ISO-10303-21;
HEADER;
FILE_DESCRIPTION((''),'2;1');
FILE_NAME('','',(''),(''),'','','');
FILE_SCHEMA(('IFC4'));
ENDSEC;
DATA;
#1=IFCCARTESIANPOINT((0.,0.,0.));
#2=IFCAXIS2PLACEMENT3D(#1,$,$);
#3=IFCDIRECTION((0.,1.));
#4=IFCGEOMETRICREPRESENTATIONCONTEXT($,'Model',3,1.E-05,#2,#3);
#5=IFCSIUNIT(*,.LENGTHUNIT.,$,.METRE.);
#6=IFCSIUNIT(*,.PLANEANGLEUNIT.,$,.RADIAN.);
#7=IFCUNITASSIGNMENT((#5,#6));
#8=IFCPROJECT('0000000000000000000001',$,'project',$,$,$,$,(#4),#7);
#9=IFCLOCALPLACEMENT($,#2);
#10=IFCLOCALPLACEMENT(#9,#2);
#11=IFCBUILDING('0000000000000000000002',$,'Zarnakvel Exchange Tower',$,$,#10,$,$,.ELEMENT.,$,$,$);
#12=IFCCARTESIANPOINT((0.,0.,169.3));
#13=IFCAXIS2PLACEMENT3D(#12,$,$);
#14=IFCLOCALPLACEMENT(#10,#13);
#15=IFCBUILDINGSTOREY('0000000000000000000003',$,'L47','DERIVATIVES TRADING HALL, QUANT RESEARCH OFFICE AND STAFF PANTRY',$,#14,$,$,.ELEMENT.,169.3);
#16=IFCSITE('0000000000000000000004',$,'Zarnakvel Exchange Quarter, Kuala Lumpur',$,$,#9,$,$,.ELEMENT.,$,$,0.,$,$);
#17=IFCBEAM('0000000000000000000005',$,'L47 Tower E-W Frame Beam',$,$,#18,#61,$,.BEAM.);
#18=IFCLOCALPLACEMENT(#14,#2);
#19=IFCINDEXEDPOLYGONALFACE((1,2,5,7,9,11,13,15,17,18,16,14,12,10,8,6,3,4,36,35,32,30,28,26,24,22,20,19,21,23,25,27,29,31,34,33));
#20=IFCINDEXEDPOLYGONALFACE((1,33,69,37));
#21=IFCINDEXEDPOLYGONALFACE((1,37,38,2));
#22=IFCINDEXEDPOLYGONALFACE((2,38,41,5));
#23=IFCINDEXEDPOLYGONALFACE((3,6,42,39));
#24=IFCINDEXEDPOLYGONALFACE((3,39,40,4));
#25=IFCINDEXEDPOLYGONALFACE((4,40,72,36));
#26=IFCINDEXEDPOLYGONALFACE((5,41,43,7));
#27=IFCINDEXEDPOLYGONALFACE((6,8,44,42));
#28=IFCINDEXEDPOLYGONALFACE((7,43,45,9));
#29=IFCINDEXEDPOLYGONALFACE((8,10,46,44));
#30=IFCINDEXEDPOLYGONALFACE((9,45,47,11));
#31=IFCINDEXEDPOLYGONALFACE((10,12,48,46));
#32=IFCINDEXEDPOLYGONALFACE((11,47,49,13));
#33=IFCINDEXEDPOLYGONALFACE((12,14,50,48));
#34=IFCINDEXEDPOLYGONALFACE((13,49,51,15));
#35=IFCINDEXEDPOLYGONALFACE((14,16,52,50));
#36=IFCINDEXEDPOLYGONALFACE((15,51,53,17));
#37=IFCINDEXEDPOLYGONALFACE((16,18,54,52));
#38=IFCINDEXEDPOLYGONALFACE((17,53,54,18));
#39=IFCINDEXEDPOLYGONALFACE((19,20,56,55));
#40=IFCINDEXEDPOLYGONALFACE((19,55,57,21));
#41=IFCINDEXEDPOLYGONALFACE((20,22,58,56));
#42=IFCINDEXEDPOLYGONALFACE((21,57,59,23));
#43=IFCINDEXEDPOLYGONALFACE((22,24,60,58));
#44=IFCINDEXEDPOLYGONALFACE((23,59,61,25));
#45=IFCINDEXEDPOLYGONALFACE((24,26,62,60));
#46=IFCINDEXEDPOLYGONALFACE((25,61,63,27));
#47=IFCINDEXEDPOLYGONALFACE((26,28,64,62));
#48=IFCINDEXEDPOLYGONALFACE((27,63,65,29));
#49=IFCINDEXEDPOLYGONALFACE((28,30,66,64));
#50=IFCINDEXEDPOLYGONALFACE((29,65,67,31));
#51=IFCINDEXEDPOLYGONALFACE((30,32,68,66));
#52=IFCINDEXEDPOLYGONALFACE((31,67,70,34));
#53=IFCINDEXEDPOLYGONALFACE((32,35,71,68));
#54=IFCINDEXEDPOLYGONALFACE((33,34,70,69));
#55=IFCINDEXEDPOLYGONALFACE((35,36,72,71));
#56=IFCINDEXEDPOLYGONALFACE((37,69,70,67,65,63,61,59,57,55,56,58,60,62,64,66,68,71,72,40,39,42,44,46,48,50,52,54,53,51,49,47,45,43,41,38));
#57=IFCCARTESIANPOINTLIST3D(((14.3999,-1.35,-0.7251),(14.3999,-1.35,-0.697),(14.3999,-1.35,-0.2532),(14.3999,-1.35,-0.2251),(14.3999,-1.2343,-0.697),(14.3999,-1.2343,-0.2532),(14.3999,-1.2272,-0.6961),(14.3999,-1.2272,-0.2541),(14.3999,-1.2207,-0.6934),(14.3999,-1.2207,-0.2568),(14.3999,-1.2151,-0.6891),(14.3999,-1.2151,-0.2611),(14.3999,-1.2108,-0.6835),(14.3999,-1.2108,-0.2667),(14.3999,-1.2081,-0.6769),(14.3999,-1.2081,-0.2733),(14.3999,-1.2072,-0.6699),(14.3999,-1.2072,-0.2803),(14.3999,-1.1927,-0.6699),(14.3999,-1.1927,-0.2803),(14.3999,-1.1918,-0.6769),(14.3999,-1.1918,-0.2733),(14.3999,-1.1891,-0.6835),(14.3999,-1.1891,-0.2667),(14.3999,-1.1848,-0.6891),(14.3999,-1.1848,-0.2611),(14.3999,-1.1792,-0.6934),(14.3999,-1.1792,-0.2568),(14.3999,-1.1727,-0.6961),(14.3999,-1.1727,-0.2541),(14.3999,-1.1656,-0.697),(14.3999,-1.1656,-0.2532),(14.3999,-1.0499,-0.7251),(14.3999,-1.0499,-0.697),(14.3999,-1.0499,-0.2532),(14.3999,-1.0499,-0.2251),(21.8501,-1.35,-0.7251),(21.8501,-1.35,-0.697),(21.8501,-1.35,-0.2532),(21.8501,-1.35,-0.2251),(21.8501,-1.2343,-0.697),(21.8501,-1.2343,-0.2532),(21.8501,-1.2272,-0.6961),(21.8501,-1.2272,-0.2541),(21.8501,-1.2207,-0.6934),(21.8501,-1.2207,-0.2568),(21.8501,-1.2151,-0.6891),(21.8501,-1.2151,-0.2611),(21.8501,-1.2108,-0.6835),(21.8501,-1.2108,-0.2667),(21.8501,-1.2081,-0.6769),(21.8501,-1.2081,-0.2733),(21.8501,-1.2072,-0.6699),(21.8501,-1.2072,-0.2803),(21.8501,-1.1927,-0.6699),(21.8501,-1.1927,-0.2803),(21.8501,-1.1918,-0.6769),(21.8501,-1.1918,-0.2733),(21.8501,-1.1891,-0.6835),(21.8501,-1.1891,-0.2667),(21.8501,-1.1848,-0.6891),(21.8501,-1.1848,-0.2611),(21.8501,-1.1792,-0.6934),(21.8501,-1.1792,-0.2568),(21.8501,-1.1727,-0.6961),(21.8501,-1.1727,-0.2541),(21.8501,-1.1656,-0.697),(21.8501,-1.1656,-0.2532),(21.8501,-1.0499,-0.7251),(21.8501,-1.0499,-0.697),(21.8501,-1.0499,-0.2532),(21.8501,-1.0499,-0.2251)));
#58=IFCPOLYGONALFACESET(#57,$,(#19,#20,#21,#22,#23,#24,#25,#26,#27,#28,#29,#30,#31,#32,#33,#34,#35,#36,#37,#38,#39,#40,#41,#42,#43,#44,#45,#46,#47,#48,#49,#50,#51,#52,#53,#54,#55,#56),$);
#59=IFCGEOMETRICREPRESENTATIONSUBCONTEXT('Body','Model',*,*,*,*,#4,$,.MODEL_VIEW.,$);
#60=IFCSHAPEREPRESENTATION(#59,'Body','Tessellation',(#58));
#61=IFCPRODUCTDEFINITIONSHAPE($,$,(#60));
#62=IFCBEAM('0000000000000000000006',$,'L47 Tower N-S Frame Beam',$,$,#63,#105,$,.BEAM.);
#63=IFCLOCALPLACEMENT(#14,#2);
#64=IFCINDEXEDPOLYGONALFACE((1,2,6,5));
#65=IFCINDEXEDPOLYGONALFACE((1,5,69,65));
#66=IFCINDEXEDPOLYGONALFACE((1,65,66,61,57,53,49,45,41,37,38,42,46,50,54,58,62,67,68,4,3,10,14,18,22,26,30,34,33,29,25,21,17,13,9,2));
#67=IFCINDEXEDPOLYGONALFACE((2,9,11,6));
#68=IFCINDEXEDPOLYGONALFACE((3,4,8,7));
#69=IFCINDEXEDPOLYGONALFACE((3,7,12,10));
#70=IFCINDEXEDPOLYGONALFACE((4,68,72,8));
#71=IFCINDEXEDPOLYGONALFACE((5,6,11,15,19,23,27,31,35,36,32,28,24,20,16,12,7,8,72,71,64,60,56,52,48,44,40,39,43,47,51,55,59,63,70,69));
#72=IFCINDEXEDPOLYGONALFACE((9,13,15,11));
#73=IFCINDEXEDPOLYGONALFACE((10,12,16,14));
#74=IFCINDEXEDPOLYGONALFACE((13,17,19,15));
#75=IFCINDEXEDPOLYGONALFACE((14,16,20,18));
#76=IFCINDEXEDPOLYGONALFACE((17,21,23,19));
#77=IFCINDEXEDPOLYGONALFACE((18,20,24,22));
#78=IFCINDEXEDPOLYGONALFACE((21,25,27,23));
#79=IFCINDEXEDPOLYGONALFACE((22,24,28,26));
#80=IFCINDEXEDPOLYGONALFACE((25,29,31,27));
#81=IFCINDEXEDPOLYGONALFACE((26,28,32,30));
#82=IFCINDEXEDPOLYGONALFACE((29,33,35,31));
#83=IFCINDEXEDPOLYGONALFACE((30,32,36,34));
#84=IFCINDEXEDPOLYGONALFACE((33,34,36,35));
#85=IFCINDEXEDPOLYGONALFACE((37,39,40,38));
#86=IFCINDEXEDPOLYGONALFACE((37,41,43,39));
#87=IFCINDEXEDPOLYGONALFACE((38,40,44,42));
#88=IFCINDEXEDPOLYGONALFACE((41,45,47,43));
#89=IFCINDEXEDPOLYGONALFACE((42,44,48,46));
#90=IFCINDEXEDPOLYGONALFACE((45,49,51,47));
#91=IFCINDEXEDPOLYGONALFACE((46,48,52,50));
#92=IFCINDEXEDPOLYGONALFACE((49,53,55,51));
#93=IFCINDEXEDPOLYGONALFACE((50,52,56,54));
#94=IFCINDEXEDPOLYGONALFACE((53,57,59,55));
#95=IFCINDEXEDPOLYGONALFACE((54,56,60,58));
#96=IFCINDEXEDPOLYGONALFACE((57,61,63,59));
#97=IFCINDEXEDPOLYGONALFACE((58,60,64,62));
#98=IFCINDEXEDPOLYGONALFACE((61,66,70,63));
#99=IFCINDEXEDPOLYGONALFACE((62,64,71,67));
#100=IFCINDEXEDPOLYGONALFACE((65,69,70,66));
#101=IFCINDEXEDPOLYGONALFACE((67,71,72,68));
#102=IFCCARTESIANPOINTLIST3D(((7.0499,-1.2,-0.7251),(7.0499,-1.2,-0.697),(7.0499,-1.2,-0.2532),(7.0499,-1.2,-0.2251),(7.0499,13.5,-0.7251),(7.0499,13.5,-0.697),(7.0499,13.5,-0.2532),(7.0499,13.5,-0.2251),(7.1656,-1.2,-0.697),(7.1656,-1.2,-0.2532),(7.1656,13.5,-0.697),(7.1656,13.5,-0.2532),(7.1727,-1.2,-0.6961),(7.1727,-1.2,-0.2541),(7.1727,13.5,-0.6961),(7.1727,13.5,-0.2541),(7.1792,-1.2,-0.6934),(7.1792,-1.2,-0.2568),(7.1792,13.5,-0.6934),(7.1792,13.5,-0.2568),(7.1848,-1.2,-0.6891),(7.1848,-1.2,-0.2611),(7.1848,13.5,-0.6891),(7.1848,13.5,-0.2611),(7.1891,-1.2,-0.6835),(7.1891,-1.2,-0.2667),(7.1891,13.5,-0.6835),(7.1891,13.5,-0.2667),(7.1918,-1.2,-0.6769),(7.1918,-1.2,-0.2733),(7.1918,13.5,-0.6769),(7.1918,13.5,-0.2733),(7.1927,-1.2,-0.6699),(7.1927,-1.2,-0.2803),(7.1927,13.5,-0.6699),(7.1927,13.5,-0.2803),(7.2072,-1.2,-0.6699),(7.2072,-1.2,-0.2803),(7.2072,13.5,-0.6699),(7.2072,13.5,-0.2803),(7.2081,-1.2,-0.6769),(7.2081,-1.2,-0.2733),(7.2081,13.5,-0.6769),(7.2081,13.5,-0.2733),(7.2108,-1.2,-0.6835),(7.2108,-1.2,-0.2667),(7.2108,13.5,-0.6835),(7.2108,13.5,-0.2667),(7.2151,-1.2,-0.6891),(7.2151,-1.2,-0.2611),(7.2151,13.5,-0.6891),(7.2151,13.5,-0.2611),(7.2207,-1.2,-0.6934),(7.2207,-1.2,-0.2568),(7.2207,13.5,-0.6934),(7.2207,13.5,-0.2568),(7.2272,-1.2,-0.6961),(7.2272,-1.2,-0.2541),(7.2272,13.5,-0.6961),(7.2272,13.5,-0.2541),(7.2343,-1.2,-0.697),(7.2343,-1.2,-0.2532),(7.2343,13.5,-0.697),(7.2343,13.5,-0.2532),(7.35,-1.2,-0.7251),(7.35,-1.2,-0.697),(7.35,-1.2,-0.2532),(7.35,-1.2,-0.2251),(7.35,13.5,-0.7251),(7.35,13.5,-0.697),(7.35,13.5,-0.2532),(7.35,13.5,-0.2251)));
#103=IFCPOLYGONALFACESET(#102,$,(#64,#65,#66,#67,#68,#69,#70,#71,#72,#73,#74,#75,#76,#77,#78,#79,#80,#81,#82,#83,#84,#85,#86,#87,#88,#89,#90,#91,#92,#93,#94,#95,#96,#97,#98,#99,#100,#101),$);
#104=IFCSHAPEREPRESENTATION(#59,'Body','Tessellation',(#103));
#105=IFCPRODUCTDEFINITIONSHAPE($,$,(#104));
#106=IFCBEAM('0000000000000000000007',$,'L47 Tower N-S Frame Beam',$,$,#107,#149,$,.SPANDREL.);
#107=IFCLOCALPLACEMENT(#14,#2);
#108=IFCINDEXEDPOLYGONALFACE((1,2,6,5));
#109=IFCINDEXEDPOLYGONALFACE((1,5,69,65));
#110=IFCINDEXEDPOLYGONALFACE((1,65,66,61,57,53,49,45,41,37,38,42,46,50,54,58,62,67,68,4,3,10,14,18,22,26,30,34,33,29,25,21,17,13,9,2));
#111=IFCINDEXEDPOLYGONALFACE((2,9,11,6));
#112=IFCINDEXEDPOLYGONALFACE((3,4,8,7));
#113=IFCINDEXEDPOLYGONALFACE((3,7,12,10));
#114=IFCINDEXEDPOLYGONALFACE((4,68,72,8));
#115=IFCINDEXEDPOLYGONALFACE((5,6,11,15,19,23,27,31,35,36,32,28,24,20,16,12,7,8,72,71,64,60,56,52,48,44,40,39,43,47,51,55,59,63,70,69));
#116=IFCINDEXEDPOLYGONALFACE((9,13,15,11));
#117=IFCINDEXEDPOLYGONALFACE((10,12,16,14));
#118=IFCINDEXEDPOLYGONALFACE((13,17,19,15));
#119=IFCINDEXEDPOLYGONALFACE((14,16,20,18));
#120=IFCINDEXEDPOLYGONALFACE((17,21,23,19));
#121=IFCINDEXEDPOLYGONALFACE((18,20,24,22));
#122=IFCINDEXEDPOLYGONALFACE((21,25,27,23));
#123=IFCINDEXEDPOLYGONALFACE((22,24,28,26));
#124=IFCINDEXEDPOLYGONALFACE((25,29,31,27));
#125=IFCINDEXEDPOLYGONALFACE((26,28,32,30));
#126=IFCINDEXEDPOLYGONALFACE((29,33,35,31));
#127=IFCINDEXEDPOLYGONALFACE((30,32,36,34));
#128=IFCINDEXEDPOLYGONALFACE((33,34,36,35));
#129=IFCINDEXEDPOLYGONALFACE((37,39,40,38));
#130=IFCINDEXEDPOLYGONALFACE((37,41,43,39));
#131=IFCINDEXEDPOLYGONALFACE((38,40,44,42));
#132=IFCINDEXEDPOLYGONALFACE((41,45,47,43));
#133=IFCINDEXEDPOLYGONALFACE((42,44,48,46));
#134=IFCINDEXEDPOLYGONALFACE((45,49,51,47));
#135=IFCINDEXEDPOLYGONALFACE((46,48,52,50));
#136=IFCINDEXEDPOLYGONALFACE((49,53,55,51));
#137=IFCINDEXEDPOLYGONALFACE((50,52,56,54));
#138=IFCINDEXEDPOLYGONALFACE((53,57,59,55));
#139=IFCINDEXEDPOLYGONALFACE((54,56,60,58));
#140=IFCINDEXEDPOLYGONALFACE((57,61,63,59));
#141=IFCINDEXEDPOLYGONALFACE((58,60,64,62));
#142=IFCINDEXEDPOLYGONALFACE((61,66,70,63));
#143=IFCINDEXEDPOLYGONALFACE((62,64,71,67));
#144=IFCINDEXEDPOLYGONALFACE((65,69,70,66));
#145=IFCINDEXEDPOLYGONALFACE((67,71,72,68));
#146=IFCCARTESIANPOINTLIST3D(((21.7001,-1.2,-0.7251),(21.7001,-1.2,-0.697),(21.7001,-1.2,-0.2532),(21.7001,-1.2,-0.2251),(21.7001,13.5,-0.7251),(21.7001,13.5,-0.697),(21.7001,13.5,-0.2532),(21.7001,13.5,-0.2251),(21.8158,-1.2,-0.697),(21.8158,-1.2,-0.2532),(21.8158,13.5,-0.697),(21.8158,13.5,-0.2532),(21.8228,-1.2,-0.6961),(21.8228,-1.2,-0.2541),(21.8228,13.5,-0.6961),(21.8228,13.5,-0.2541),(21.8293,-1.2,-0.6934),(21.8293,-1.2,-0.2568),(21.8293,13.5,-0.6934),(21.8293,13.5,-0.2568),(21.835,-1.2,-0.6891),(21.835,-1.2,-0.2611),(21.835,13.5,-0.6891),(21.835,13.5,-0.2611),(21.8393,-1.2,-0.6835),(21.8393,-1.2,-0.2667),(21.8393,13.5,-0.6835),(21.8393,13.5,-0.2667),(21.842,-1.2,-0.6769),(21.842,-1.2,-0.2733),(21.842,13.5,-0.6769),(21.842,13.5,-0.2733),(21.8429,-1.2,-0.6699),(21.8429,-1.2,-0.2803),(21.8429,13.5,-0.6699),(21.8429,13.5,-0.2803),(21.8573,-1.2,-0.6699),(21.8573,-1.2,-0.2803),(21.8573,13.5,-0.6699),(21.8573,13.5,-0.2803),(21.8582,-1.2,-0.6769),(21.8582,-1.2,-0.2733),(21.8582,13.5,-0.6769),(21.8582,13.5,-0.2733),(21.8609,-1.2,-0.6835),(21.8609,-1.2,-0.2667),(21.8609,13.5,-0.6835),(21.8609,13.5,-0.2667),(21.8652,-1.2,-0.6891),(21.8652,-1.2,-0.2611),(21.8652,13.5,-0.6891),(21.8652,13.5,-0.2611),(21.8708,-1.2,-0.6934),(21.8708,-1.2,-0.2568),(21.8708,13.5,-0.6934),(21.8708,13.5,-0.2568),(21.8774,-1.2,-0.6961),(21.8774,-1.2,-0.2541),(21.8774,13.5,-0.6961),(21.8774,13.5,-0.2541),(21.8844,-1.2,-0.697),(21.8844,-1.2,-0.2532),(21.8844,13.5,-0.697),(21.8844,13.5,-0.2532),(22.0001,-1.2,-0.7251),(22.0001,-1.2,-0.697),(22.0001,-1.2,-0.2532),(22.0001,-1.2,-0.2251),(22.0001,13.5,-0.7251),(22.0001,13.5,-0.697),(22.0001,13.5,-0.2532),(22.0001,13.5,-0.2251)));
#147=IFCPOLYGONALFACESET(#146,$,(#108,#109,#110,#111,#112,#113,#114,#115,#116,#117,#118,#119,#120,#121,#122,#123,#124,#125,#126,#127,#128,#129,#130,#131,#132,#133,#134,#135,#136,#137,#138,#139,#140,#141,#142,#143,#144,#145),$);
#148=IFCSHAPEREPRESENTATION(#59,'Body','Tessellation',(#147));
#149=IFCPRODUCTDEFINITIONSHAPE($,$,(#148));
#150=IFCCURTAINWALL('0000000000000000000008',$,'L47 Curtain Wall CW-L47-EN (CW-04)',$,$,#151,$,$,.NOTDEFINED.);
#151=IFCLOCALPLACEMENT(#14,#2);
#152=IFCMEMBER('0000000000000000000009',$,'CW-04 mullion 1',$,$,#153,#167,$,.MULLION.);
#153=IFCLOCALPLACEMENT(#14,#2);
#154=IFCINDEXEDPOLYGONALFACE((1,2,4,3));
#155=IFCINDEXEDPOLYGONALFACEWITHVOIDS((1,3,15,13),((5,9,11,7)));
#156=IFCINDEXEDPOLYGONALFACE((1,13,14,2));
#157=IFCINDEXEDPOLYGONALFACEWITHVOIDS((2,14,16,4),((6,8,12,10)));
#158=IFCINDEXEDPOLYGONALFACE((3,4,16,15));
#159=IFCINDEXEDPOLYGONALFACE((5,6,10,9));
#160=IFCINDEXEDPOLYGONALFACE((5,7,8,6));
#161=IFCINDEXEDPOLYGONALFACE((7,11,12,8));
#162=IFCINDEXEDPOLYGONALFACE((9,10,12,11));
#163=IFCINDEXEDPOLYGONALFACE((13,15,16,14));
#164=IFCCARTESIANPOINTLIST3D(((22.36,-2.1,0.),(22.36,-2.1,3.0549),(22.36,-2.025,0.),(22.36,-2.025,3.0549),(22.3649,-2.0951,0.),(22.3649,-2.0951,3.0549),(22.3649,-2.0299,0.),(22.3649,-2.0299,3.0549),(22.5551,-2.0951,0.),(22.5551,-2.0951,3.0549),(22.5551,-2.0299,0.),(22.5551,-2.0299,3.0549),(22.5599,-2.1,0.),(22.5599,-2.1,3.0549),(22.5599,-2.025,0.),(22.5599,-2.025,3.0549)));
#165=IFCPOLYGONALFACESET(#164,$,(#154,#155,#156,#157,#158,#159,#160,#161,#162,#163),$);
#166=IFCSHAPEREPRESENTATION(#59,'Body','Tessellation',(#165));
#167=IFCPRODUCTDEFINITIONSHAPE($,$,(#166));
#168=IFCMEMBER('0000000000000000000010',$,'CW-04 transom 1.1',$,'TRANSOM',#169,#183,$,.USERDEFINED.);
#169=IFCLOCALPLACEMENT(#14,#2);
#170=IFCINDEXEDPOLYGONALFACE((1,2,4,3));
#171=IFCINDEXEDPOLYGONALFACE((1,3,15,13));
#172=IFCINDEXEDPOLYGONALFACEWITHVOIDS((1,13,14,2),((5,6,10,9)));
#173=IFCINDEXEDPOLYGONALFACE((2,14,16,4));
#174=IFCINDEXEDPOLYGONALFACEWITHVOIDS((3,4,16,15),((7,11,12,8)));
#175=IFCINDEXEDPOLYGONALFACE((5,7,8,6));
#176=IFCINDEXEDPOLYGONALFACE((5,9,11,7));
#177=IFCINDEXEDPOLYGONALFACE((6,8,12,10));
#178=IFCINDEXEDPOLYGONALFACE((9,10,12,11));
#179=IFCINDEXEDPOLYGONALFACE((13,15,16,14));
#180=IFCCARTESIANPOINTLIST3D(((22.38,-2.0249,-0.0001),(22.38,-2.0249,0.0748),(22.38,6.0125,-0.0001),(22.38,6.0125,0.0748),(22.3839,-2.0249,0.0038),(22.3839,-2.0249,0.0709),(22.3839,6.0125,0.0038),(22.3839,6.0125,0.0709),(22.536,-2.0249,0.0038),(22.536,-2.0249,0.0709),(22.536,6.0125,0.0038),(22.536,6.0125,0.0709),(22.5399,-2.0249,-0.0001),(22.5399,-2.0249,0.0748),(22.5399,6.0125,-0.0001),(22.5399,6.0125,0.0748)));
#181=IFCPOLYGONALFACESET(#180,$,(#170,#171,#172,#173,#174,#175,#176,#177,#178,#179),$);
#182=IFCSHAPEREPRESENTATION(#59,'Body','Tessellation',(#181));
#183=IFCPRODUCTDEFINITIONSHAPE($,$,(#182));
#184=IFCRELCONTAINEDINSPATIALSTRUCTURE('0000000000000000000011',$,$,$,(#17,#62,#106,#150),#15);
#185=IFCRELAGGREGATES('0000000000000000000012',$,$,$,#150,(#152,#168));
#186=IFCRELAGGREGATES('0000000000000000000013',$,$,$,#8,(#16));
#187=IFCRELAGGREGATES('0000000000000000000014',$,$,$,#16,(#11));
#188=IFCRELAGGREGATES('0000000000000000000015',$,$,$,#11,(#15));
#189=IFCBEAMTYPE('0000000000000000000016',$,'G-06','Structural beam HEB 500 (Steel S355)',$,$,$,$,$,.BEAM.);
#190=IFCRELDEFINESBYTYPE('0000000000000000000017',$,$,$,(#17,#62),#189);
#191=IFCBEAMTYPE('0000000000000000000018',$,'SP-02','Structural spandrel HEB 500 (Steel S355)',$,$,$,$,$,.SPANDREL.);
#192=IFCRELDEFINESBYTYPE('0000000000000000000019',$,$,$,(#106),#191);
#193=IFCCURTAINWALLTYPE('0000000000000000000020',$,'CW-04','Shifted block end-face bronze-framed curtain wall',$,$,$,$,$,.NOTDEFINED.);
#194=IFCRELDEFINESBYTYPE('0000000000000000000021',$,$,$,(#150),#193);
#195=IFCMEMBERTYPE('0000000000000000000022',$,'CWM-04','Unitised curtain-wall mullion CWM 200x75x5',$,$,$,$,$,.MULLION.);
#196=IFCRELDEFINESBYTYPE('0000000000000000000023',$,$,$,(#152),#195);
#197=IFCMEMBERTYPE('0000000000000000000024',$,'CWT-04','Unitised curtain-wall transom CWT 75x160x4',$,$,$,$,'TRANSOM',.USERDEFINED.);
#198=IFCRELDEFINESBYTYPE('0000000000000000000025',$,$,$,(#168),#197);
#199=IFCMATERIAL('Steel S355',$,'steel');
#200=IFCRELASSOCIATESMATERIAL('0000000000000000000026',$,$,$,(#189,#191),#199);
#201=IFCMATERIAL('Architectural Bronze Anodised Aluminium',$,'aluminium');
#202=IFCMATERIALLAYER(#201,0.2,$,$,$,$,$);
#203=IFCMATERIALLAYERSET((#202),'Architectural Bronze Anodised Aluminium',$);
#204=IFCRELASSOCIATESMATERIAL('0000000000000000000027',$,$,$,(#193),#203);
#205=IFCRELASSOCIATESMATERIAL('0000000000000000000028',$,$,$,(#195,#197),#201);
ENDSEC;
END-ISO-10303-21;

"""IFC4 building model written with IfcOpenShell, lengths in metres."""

from ifc_helpers import new_model, si_unit, direction, frame, origin, origin_2d, place, context, subcontext, project, spatial, hollow_rectangle, i_section, extrude, source, transform, mapped, material, layer, layer_set, material_profile, profile_set, type_object, element, aggregate, save


model = new_model("IFC4")

# Units and contexts
model_context = context("Model", 3, precision=1e-05, world=origin(), true_north=direction((0.0, 1.0)))
body_context = subcontext(model_context, "Body", "Model", "MODEL_VIEW")
ifc_project = project(units=[si_unit("LENGTHUNIT", "METRE"), si_unit("PLANEANGLEUNIT", "RADIAN")], contexts=[model_context])

# Site, building, storey
site_placement = place(None, origin())
site = spatial("IfcSite", under=ifc_project, at=site_placement, Name="Zarnakvel Exchange Quarter, Kuala Lumpur", CompositionType="ELEMENT", RefElevation=0.0)
building_placement = place(site_placement, origin())
building = spatial("IfcBuilding", under=site, at=building_placement, Name="Zarnakvel Exchange Tower", CompositionType="ELEMENT")
storey_placement = place(building_placement, frame((0.0, 0.0, 169.3)))
storey = spatial("IfcBuildingStorey", under=building, at=storey_placement, Name="L47", Description="DERIVATIVES TRADING HALL, QUANT RESEARCH OFFICE AND STAFF PANTRY", CompositionType="ELEMENT", Elevation=169.3)

# Shared definitions
ifc_material_1 = material(Name="Steel S355", Category="steel")

# Beams
ifc_material_profile_1 = material_profile(ifc_material_1, i_section(OverallWidth=0.3, OverallDepth=0.5, WebThickness=0.0144, FlangeThickness=0.0281, FilletRadius=0.0271, at=origin_2d()))
ifc_profile_set_1 = profile_set([ifc_material_profile_1], Name="Steel S355")
beam_type_1 = type_object("IfcBeamType", Name="G-06", Description="Structural beam HEB 500 (Steel S355)", PredefinedType="BEAM", material=ifc_profile_set_1)
beam_1_placement = place(storey_placement, frame((14.3999, -1.2, -0.4751), z_axis=(1.0, 0.0, 0.0), x_axis=(0.0, 1.0, 0.0)))
element("IfcBeam", 1, at=beam_1_placement, inside=storey, type_object=beam_type_1, Name="L47 Tower E-W Frame Beam", PredefinedType="BEAM", context=body_context, shape_type="SweptSolid", body=[
    extrude(i_section(OverallWidth=0.3, OverallDepth=0.5, WebThickness=0.0144, FlangeThickness=0.0281, FilletRadius=0.0271, at=origin_2d()), origin(), (0.0, 0.0, 1.0), 7.4502),
])
beam_2_placement = place(storey_placement, frame((7.2, -1.2, -0.4751), z_axis=(0.0, 1.0, 0.0), x_axis=(-1.0, 0.0, 0.0)))
element("IfcBeam", 2, at=beam_2_placement, inside=storey, type_object=beam_type_1, Name="L47 Tower N-S Frame Beam", PredefinedType="BEAM", context=body_context, shape_type="SweptSolid", body=[
    extrude(i_section(OverallWidth=0.3, OverallDepth=0.5, WebThickness=0.0144, FlangeThickness=0.0281, FilletRadius=0.0271, at=origin_2d()), origin(), (0.0, 0.0, 1.0), 14.7),
])
ifc_material_profile_2 = material_profile(ifc_material_1, i_section(OverallWidth=0.3, OverallDepth=0.5, WebThickness=0.0144, FlangeThickness=0.0281, FilletRadius=0.0271, at=origin_2d()))
ifc_profile_set_2 = profile_set([ifc_material_profile_2], Name="Steel S355")
beam_type_2 = type_object("IfcBeamType", Name="SP-02", Description="Structural spandrel HEB 500 (Steel S355)", PredefinedType="SPANDREL", material=ifc_profile_set_2)
beam_3_placement = place(storey_placement, frame((21.8501, -1.2, -0.4751), z_axis=(0.0, 1.0, 0.0), x_axis=(-1.0, 0.0, 0.0)))
element("IfcBeam", 3, at=beam_3_placement, inside=storey, type_object=beam_type_2, Name="L47 Tower N-S Frame Beam", PredefinedType="SPANDREL", context=body_context, shape_type="SweptSolid", body=[
    extrude(i_section(OverallWidth=0.3, OverallDepth=0.5, WebThickness=0.0144, FlangeThickness=0.0281, FilletRadius=0.0271, at=origin_2d()), origin(), (0.0, 0.0, 1.0), 14.7),
])

# Curtain wall, members
ifc_material_2 = material(Name="Architectural Bronze Anodised Aluminium", Category="aluminium")
ifc_layer_1 = layer(ifc_material_2, 0.2)
ifc_layer_set_1 = layer_set([ifc_layer_1], Name="Architectural Bronze Anodised Aluminium")
curtain_wall_type = type_object("IfcCurtainWallType", Name="CW-04", Description="Shifted block end-face bronze-framed curtain wall", PredefinedType="NOTDEFINED", material=ifc_layer_set_1)
curtain_wall_placement = place(storey_placement, origin())
curtain_wall = element("IfcCurtainWall", 4, at=curtain_wall_placement, inside=storey, type_object=curtain_wall_type, Name="L47 Curtain Wall CW-L47-EN (CW-04)", PredefinedType="NOTDEFINED")
ifc_material_profile_3 = material_profile(ifc_material_2, hollow_rectangle(XDim=0.2, YDim=0.075, WallThickness=0.0049, at=origin_2d()))
ifc_profile_set_3 = profile_set([ifc_material_profile_3], Name="Architectural Bronze Anodised Aluminium")
member_type_1 = type_object("IfcMemberType", Name="CWM-04", Description="Unitised curtain-wall mullion CWM 200x75x5", PredefinedType="MULLION", material=ifc_profile_set_3)
shared_shape_1 = source(origin(), body_context, "Body", "SweptSolid", [
    extrude(hollow_rectangle(XDim=0.2, YDim=0.075, WallThickness=0.0049, at=origin_2d()), origin(), (0.0, 0.0, 1.0), 3.0549),
])
member_1_placement = place(storey_placement, frame((22.46, -2.0625, 0.0), z_axis=(0.0, 0.0, 1.0), x_axis=(-1.0, 0.0, 0.0)))
member_1 = element("IfcMember", 5, at=member_1_placement, type_object=member_type_1, Name="CW-04 mullion 1", PredefinedType="MULLION", context=body_context, shape_type="MappedRepresentation", body=[
    mapped(shared_shape_1, transform((0.0, 0.0, 0.0), x_axis=(1.0, 0.0, 0.0), y_axis=(0.0, 1.0, 0.0), z_axis=(0.0, 0.0, 1.0), scale=1.0)),
])
ifc_material_profile_4 = material_profile(ifc_material_2, hollow_rectangle(XDim=0.1599, YDim=0.075, WallThickness=0.0039, at=origin_2d()))
ifc_profile_set_4 = profile_set([ifc_material_profile_4], Name="Architectural Bronze Anodised Aluminium")
member_type_2 = type_object("IfcMemberType", Name="CWT-04", Description="Unitised curtain-wall transom CWT 75x160x4", ElementType="TRANSOM", PredefinedType="USERDEFINED", material=ifc_profile_set_4)
shared_shape_2 = source(origin(), body_context, "Body", "SweptSolid", [
    extrude(hollow_rectangle(XDim=0.1599, YDim=0.075, WallThickness=0.0039, at=origin_2d()), origin(), (0.0, 0.0, 1.0), 8.0374),
])
member_2_placement = place(storey_placement, frame((22.46, -2.0249, 0.0374), z_axis=(0.0, 1.0, 0.0), x_axis=(-1.0, 0.0, 0.0)))
member_2 = element("IfcMember", 6, at=member_2_placement, type_object=member_type_2, Name="CW-04 transom 1.1", ObjectType="TRANSOM", PredefinedType="USERDEFINED", context=body_context, shape_type="MappedRepresentation", body=[
    mapped(shared_shape_2, transform((0.0, 0.0, 0.0), x_axis=(1.0, 0.0, 0.0), y_axis=(0.0, 1.0, 0.0), z_axis=(0.0, 0.0, 1.0), scale=1.0)),
])
aggregate(curtain_wall, [member_1, member_2])

save(model, "model.ifc")
